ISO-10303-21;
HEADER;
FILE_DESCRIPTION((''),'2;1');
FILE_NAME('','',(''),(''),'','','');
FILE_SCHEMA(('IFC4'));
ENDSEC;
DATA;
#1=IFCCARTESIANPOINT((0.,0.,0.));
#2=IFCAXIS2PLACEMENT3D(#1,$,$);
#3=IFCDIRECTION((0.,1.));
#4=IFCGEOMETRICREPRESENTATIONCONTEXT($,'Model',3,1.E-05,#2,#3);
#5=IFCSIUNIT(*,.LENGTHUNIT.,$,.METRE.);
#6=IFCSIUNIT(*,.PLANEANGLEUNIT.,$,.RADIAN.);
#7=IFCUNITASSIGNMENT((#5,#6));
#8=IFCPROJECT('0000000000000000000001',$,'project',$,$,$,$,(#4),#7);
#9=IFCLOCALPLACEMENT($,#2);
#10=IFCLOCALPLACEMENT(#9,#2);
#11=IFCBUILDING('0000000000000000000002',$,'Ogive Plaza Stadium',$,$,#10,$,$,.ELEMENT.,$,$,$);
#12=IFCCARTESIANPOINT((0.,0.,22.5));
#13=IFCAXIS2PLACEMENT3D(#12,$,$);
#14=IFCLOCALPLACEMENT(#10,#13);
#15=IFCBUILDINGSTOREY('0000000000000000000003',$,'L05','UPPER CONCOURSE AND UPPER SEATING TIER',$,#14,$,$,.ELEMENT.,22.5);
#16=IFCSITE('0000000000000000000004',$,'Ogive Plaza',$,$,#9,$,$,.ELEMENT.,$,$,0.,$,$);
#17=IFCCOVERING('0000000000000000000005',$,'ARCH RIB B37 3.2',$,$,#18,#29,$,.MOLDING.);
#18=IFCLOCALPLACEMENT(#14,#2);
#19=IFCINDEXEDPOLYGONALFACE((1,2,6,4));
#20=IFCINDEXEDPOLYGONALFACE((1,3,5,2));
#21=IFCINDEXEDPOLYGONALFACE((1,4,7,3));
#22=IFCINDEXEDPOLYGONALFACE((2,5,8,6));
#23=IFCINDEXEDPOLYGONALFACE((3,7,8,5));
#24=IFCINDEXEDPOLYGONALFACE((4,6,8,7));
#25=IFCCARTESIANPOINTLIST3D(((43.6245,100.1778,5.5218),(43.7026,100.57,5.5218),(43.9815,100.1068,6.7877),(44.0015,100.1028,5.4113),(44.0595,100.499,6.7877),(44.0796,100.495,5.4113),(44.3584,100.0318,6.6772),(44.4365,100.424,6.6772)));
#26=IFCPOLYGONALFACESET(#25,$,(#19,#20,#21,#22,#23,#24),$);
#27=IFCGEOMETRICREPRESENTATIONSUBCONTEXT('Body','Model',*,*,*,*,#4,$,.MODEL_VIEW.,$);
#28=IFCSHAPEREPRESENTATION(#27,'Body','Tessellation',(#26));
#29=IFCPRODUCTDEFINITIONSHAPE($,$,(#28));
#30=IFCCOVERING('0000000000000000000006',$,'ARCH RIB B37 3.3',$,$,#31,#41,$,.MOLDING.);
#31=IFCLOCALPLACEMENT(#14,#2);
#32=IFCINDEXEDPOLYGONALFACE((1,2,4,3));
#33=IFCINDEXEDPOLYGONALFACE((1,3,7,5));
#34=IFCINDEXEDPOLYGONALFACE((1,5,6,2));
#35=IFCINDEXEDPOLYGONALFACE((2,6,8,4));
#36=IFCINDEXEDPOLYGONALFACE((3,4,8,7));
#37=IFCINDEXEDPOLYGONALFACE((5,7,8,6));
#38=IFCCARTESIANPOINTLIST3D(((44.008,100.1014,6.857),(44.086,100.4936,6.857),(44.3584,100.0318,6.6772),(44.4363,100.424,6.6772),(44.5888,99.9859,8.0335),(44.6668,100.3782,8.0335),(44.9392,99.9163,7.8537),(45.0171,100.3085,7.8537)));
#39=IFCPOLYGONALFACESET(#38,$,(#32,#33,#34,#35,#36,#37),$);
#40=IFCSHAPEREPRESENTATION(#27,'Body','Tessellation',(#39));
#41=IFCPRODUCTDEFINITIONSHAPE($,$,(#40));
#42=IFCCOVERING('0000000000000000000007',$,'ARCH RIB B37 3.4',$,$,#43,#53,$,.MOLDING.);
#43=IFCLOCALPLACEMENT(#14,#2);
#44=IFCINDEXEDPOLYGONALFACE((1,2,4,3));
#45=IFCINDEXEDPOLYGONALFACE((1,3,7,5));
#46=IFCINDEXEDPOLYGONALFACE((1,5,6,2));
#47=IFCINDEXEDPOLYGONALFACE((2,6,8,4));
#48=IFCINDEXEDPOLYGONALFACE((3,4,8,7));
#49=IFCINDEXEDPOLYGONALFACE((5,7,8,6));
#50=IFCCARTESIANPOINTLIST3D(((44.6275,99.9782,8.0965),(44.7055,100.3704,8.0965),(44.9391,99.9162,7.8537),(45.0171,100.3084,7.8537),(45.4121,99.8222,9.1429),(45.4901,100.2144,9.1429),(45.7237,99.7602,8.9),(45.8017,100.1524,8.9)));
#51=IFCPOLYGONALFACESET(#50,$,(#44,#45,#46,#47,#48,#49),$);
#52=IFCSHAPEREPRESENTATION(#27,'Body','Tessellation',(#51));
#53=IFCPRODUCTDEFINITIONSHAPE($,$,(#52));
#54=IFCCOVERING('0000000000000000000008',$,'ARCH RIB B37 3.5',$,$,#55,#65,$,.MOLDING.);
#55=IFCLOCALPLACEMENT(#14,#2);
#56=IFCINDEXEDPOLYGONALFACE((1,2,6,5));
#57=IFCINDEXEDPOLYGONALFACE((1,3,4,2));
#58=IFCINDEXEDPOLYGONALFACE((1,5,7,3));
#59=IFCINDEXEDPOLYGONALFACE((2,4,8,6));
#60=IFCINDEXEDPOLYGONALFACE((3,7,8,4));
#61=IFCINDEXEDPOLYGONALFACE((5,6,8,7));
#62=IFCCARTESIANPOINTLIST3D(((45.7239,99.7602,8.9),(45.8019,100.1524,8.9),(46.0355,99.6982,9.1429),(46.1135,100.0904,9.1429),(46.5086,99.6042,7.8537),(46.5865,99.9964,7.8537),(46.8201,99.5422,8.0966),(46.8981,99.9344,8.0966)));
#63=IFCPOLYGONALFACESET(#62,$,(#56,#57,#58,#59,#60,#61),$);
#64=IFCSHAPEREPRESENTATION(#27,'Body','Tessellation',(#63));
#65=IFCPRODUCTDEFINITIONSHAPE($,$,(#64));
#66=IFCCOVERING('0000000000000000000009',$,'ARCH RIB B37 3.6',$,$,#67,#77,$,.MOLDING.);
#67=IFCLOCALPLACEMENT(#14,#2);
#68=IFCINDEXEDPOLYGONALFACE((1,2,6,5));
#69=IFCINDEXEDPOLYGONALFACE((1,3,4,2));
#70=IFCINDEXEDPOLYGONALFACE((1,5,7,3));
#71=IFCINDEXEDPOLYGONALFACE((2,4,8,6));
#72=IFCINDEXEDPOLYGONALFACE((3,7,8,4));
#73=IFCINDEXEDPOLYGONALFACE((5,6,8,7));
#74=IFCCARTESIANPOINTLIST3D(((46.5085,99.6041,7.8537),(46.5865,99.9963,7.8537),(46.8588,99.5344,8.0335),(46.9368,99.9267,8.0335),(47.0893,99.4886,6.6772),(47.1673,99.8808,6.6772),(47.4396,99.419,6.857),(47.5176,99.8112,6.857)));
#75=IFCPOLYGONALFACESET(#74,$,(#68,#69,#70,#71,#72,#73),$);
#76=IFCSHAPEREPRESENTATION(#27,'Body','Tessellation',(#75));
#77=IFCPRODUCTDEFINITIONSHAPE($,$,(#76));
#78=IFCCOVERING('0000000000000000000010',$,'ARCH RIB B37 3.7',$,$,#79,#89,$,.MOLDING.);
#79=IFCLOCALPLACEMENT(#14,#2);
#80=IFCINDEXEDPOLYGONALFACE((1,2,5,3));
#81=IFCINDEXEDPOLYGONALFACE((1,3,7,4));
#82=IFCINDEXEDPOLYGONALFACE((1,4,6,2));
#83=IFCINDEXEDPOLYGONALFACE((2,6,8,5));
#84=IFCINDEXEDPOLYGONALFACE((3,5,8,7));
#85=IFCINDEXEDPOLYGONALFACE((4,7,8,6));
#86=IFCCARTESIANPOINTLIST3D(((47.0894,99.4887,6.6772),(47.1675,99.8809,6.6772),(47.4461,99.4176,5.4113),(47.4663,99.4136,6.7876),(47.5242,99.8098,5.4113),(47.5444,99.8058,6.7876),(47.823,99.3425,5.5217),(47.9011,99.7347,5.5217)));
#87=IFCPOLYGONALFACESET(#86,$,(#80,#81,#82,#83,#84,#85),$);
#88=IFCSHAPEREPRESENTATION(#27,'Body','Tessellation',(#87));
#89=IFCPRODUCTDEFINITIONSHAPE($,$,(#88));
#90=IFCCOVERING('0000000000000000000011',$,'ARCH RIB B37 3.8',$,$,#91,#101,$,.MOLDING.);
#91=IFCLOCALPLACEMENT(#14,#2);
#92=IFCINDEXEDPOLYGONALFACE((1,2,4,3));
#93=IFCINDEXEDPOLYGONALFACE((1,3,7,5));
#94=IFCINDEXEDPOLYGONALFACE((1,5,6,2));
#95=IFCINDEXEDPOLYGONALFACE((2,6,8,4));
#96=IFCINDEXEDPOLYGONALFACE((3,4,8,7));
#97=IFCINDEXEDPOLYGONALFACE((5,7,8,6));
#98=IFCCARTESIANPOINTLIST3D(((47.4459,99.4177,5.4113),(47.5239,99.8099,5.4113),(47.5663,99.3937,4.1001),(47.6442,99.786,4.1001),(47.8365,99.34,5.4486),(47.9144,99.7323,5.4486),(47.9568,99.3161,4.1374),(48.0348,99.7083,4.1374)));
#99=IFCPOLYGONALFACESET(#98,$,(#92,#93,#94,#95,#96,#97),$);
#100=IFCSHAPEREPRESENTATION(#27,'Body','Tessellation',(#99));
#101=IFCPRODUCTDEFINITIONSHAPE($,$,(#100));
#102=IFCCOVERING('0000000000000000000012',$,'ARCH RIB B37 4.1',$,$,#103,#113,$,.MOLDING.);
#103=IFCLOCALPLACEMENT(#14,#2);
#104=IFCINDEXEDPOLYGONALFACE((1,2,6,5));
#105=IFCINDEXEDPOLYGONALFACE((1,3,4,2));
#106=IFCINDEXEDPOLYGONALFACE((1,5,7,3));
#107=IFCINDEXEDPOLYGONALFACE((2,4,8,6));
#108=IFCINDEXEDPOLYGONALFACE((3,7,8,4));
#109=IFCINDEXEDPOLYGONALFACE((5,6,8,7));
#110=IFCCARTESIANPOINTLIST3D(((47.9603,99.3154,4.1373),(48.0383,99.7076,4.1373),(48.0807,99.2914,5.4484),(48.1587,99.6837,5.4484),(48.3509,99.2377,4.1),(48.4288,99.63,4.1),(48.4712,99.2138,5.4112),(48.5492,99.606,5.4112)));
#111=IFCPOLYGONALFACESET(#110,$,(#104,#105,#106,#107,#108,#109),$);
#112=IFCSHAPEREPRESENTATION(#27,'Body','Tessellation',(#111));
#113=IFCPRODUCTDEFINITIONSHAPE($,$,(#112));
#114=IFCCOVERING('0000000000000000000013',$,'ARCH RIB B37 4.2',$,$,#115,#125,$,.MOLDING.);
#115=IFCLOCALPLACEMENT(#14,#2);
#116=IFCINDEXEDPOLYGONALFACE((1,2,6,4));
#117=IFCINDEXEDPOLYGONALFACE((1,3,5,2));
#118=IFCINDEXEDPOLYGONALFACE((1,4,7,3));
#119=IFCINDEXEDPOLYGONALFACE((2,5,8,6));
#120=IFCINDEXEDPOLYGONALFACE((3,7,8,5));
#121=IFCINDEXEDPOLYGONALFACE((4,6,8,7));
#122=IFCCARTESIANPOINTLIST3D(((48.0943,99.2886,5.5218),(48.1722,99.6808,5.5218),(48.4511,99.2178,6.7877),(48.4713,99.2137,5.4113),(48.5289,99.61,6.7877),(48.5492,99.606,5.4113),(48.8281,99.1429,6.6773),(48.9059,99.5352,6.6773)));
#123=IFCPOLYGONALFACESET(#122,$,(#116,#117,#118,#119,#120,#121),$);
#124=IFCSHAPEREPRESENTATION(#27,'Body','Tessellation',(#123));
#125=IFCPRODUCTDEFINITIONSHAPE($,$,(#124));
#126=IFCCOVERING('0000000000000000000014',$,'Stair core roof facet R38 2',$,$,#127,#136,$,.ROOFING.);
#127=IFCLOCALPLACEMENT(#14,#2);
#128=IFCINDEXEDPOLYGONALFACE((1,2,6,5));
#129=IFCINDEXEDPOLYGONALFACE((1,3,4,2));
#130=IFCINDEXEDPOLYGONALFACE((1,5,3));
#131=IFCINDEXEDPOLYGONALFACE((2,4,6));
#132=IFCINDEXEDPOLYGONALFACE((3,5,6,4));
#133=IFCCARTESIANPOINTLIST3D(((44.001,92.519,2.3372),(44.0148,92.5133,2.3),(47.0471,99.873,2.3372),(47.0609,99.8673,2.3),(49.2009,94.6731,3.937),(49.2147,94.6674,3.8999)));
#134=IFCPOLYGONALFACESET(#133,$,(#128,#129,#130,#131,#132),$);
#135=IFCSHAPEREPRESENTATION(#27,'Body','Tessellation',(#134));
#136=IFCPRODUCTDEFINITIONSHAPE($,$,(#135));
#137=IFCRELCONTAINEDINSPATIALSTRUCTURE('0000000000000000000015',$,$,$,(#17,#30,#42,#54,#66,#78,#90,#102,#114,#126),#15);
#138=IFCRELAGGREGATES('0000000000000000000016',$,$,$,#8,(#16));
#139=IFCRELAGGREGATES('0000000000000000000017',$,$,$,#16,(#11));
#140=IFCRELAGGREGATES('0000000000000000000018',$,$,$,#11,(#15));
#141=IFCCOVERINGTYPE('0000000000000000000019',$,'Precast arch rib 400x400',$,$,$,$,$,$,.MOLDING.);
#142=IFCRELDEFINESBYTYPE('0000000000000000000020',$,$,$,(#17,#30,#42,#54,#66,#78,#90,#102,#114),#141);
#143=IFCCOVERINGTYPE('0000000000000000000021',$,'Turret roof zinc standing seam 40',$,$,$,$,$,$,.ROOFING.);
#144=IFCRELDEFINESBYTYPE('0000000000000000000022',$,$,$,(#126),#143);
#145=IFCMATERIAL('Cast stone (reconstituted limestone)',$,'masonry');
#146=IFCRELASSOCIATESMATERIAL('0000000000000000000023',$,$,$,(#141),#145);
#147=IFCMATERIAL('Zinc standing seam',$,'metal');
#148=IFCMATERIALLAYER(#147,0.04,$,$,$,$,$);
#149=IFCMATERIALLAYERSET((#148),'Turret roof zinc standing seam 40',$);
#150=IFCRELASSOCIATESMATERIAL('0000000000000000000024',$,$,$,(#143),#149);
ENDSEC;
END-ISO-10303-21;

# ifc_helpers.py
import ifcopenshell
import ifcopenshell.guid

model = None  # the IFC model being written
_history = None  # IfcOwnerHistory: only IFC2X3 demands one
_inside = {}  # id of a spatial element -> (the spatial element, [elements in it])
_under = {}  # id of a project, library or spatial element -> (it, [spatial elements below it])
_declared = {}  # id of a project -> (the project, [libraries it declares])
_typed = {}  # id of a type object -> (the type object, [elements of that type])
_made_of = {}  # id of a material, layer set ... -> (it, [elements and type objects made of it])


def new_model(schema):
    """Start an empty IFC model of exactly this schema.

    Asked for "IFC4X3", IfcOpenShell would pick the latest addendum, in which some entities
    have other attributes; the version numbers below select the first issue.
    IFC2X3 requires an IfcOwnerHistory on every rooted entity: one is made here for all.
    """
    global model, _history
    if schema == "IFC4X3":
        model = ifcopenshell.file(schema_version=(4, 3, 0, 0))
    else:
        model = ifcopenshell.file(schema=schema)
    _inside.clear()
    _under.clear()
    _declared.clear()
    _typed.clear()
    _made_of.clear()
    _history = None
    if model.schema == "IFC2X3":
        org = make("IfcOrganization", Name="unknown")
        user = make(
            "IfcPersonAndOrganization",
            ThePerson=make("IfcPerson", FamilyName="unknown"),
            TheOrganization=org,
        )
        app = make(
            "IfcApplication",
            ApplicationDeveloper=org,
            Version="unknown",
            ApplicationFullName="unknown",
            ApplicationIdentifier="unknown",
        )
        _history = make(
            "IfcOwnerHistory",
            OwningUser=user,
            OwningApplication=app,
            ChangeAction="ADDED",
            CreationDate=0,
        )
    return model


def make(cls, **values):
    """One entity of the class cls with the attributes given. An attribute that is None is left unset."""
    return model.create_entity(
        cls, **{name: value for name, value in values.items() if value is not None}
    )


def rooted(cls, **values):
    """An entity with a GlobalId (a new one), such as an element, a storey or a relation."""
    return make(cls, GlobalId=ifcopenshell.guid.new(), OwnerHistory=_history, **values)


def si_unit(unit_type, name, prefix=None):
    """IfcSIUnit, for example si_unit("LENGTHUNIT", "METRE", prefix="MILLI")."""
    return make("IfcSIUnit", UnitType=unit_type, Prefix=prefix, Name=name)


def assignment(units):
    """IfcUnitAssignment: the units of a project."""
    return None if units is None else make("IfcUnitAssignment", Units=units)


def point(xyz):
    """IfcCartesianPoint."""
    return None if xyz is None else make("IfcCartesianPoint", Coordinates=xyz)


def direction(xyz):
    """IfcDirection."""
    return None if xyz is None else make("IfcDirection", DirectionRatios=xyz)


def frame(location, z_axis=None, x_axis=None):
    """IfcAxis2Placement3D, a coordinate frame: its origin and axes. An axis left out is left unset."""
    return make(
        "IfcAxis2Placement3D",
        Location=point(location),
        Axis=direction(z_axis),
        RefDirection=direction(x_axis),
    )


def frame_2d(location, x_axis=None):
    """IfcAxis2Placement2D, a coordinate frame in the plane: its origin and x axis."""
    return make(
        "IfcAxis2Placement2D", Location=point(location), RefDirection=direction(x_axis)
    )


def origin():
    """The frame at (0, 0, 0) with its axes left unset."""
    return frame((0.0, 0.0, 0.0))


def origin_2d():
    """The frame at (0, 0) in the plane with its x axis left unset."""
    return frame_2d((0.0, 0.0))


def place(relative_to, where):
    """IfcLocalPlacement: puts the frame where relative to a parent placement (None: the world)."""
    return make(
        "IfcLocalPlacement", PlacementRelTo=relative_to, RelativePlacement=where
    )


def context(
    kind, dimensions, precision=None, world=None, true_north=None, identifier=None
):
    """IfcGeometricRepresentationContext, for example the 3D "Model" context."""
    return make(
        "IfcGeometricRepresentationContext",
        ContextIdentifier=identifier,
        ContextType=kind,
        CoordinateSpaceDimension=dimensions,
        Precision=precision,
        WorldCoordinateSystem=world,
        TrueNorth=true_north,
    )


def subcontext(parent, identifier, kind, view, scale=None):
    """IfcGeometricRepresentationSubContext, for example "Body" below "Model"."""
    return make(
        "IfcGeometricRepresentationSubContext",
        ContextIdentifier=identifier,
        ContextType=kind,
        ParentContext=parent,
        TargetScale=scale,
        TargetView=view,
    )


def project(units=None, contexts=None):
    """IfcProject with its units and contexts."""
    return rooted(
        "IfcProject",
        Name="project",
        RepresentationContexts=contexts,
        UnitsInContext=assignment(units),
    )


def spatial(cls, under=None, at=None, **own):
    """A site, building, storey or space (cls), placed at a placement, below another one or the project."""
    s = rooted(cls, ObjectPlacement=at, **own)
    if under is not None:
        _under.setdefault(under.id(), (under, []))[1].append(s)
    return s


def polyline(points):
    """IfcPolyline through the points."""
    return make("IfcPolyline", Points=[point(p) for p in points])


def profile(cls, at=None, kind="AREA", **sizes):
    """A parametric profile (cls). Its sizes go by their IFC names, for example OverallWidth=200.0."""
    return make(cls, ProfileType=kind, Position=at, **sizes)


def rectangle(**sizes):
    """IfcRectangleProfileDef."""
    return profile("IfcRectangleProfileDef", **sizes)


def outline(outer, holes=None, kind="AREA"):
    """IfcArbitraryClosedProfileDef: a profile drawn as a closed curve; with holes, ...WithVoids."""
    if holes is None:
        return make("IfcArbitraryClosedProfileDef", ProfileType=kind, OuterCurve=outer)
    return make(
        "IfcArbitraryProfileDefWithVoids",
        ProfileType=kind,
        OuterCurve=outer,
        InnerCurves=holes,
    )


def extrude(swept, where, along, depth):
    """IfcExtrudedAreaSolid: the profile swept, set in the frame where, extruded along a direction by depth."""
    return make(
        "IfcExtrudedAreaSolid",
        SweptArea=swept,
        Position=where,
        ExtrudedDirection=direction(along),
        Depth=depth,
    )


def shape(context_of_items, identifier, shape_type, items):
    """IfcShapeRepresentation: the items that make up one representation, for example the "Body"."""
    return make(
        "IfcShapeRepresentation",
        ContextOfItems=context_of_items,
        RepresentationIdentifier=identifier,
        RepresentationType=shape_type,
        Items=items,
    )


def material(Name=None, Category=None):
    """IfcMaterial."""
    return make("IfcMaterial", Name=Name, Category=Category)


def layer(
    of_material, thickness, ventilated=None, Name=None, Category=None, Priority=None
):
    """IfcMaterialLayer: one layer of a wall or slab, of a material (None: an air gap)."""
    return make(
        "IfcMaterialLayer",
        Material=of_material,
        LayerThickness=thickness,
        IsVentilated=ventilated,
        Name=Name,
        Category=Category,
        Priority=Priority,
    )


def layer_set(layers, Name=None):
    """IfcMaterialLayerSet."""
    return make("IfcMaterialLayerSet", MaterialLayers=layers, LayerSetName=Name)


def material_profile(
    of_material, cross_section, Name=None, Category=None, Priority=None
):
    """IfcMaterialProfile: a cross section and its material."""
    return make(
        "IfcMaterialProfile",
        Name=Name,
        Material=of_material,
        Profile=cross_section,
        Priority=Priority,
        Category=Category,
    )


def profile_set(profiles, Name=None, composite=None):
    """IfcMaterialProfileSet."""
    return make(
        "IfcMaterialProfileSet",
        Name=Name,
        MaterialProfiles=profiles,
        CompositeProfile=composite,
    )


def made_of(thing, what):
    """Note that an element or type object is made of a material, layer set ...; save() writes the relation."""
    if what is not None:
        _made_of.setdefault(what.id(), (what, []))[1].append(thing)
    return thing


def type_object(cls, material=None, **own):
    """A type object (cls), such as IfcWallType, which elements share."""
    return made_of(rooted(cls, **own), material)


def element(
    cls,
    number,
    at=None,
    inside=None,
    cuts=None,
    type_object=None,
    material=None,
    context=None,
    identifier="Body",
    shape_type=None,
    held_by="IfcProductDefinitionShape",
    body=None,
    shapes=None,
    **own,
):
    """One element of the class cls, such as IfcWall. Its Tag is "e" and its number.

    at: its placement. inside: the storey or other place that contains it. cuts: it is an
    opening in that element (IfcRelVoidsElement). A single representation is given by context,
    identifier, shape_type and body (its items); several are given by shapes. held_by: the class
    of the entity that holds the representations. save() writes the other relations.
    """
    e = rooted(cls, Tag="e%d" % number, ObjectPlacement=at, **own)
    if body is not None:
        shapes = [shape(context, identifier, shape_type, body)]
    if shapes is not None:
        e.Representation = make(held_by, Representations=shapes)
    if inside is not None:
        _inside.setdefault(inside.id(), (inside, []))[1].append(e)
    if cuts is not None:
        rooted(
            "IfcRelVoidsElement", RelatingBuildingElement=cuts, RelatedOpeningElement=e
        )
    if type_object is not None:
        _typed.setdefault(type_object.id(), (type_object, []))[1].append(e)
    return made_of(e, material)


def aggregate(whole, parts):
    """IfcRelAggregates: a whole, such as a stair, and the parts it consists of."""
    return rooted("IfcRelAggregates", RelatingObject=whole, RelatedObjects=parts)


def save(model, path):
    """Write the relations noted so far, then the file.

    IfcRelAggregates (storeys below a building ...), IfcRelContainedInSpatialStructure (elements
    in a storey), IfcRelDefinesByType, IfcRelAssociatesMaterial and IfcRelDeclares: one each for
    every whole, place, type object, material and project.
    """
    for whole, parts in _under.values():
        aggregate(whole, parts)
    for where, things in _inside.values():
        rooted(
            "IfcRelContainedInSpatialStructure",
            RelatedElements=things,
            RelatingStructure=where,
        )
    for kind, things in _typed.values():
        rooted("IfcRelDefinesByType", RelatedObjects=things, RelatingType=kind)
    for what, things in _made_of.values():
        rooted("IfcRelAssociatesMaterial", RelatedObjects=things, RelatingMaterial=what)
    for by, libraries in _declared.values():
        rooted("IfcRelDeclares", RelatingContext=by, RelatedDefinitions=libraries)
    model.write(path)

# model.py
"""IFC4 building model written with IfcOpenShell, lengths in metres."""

from ifc_helpers import new_model, si_unit, direction, frame, origin, origin_2d, place, context, subcontext, project, spatial, polyline, rectangle, outline, extrude, material, layer, layer_set, material_profile, profile_set, type_object, element, save


model = new_model("IFC4")

# Units and contexts
model_context = context("Model", 3, precision=1e-05, world=origin(), true_north=direction((0.0, 1.0)))
body_context = subcontext(model_context, "Body", "Model", "MODEL_VIEW")
ifc_project = project(units=[si_unit("LENGTHUNIT", "METRE"), si_unit("PLANEANGLEUNIT", "RADIAN")], contexts=[model_context])

# Site, building, storey
site_placement = place(None, origin())
site = spatial("IfcSite", under=ifc_project, at=site_placement, Name="Ogive Plaza", CompositionType="ELEMENT", RefElevation=0.0)
building_placement = place(site_placement, origin())
building = spatial("IfcBuilding", under=site, at=building_placement, Name="Ogive Plaza Stadium", CompositionType="ELEMENT")
storey_placement = place(building_placement, frame((0.0, 0.0, 22.5)))
storey = spatial("IfcBuildingStorey", under=building, at=storey_placement, Name="L05", Description="UPPER CONCOURSE AND UPPER SEATING TIER", CompositionType="ELEMENT", Elevation=22.5)

# Coverings
ifc_material_1 = material(Name="Cast stone (reconstituted limestone)", Category="masonry")
ifc_material_profile_1 = material_profile(ifc_material_1, rectangle(XDim=0.3999, YDim=0.3999, at=origin_2d()), Name="Cast stone 400x400")
ifc_profile_set_1 = profile_set([ifc_material_profile_1], Name="Cast stone (reconstituted limestone)")
covering_type_1 = type_object("IfcCoveringType", Name="Precast arch rib 400x400", PredefinedType="MOLDING", material=ifc_profile_set_1)
for number, where, z_axis, x_axis, name in (
    (1, (43.8521, 100.3364, 5.4666), (0.27099, -0.053939, 0.96107), (0.195213, 0.980761, 0.0), "ARCH RIB B37 3.2"),
    (2, (44.2222, 100.2627, 6.7671), (0.440963, -0.087674, 0.893233), (0.195006, 0.980802, 0.0), "ARCH RIB B37 3.3"),
    (3, (44.8223, 100.1433, 7.9751), (0.595717, -0.118439, 0.794414), (0.195001, 0.980803, 0.0), "ARCH RIB B37 3.4"),
    (4, (45.9187, 99.9253, 9.0215), (0.595717, -0.118439, -0.794414), (0.195001, 0.980803, 0.0), "ARCH RIB B37 3.5"),
    (5, (46.7227, 99.7654, 7.9436), (0.440963, -0.087674, -0.893233), (0.195006, 0.980802, 0.0), "ARCH RIB B37 3.6"),
    (6, (47.3169, 99.6472, 6.7324), (0.270818, -0.053941, -0.961118), (0.195342, 0.980735, 0.0), "ARCH RIB B37 3.7"),
):
    element("IfcCovering", number, at=place(storey_placement, frame(where, z_axis=z_axis, x_axis=x_axis)), inside=storey, type_object=covering_type_1, Name=name, PredefinedType="MOLDING", context=body_context, shape_type="SweptSolid", body=[
        extrude(rectangle(XDim=0.3999, YDim=0.3999, at=origin_2d()), origin(), (0.0, 0.0, 1.0), 1.3171),
    ])
for number, where, z_axis, x_axis, name in (
    (7, (47.6802, 99.575, 5.4299), (0.09139, -0.018167, -0.995649), (0.194968, 0.98081, 0.0), "ARCH RIB B37 3.8"),
    (8, (48.1946, 99.4727, 4.1187), (0.09139, -0.018167, 0.995649), (0.194968, 0.98081, 0.0), "ARCH RIB B37 4.1"),
):
    element("IfcCovering", number, at=place(storey_placement, frame(where, z_axis=z_axis, x_axis=x_axis)), inside=storey, type_object=covering_type_1, Name=name, PredefinedType="MOLDING", context=body_context, shape_type="SweptSolid", body=[
        extrude(rectangle(XDim=0.3999, YDim=0.3999, at=origin_2d()), origin(), (0.0, 0.0, 1.0), 1.3169),
    ])
covering_1_placement = place(storey_placement, frame((48.3218, 99.4473, 5.4666), z_axis=(0.270821, -0.053756, 0.961128), x_axis=(0.194696, 0.980864, 0.0)))
element("IfcCovering", 9, at=covering_1_placement, inside=storey, type_object=covering_type_1, Name="ARCH RIB B37 4.2", PredefinedType="MOLDING", context=body_context, shape_type="SweptSolid", body=[
    extrude(rectangle(XDim=0.3999, YDim=0.3999, at=origin_2d()), origin(), (0.0, 0.0, 1.0), 1.3171),
])
ifc_material_2 = material(Name="Zinc standing seam", Category="metal")
ifc_layer_1 = layer(ifc_material_2, 0.04)
ifc_layer_set_1 = layer_set([ifc_layer_1], Name="Turret roof zinc standing seam 40")
covering_type_2 = type_object("IfcCoveringType", Name="Turret roof zinc standing seam 40", PredefinedType="ROOFING", material=ifc_layer_set_1)
covering_2_placement = place(storey_placement, frame((47.0471, 99.873, 2.3372), z_axis=(-0.344592, 0.142736, 0.927838), x_axis=(-0.382685, -0.923879, 0.0)))
element("IfcCovering", 10, at=covering_2_placement, inside=storey, type_object=covering_type_2, Name="Stair core roof facet R38 2", PredefinedType="ROOFING", context=body_context, shape_type="SweptSolid", body=[
    extrude(outline(polyline([(0.0, 0.0), (7.9599, 0.0), (3.9799, 4.2893), (0.0, 0.0)])), origin(), (0.0, 0.0, -1.0), 0.04),
])

save(model, "model.ifc")
